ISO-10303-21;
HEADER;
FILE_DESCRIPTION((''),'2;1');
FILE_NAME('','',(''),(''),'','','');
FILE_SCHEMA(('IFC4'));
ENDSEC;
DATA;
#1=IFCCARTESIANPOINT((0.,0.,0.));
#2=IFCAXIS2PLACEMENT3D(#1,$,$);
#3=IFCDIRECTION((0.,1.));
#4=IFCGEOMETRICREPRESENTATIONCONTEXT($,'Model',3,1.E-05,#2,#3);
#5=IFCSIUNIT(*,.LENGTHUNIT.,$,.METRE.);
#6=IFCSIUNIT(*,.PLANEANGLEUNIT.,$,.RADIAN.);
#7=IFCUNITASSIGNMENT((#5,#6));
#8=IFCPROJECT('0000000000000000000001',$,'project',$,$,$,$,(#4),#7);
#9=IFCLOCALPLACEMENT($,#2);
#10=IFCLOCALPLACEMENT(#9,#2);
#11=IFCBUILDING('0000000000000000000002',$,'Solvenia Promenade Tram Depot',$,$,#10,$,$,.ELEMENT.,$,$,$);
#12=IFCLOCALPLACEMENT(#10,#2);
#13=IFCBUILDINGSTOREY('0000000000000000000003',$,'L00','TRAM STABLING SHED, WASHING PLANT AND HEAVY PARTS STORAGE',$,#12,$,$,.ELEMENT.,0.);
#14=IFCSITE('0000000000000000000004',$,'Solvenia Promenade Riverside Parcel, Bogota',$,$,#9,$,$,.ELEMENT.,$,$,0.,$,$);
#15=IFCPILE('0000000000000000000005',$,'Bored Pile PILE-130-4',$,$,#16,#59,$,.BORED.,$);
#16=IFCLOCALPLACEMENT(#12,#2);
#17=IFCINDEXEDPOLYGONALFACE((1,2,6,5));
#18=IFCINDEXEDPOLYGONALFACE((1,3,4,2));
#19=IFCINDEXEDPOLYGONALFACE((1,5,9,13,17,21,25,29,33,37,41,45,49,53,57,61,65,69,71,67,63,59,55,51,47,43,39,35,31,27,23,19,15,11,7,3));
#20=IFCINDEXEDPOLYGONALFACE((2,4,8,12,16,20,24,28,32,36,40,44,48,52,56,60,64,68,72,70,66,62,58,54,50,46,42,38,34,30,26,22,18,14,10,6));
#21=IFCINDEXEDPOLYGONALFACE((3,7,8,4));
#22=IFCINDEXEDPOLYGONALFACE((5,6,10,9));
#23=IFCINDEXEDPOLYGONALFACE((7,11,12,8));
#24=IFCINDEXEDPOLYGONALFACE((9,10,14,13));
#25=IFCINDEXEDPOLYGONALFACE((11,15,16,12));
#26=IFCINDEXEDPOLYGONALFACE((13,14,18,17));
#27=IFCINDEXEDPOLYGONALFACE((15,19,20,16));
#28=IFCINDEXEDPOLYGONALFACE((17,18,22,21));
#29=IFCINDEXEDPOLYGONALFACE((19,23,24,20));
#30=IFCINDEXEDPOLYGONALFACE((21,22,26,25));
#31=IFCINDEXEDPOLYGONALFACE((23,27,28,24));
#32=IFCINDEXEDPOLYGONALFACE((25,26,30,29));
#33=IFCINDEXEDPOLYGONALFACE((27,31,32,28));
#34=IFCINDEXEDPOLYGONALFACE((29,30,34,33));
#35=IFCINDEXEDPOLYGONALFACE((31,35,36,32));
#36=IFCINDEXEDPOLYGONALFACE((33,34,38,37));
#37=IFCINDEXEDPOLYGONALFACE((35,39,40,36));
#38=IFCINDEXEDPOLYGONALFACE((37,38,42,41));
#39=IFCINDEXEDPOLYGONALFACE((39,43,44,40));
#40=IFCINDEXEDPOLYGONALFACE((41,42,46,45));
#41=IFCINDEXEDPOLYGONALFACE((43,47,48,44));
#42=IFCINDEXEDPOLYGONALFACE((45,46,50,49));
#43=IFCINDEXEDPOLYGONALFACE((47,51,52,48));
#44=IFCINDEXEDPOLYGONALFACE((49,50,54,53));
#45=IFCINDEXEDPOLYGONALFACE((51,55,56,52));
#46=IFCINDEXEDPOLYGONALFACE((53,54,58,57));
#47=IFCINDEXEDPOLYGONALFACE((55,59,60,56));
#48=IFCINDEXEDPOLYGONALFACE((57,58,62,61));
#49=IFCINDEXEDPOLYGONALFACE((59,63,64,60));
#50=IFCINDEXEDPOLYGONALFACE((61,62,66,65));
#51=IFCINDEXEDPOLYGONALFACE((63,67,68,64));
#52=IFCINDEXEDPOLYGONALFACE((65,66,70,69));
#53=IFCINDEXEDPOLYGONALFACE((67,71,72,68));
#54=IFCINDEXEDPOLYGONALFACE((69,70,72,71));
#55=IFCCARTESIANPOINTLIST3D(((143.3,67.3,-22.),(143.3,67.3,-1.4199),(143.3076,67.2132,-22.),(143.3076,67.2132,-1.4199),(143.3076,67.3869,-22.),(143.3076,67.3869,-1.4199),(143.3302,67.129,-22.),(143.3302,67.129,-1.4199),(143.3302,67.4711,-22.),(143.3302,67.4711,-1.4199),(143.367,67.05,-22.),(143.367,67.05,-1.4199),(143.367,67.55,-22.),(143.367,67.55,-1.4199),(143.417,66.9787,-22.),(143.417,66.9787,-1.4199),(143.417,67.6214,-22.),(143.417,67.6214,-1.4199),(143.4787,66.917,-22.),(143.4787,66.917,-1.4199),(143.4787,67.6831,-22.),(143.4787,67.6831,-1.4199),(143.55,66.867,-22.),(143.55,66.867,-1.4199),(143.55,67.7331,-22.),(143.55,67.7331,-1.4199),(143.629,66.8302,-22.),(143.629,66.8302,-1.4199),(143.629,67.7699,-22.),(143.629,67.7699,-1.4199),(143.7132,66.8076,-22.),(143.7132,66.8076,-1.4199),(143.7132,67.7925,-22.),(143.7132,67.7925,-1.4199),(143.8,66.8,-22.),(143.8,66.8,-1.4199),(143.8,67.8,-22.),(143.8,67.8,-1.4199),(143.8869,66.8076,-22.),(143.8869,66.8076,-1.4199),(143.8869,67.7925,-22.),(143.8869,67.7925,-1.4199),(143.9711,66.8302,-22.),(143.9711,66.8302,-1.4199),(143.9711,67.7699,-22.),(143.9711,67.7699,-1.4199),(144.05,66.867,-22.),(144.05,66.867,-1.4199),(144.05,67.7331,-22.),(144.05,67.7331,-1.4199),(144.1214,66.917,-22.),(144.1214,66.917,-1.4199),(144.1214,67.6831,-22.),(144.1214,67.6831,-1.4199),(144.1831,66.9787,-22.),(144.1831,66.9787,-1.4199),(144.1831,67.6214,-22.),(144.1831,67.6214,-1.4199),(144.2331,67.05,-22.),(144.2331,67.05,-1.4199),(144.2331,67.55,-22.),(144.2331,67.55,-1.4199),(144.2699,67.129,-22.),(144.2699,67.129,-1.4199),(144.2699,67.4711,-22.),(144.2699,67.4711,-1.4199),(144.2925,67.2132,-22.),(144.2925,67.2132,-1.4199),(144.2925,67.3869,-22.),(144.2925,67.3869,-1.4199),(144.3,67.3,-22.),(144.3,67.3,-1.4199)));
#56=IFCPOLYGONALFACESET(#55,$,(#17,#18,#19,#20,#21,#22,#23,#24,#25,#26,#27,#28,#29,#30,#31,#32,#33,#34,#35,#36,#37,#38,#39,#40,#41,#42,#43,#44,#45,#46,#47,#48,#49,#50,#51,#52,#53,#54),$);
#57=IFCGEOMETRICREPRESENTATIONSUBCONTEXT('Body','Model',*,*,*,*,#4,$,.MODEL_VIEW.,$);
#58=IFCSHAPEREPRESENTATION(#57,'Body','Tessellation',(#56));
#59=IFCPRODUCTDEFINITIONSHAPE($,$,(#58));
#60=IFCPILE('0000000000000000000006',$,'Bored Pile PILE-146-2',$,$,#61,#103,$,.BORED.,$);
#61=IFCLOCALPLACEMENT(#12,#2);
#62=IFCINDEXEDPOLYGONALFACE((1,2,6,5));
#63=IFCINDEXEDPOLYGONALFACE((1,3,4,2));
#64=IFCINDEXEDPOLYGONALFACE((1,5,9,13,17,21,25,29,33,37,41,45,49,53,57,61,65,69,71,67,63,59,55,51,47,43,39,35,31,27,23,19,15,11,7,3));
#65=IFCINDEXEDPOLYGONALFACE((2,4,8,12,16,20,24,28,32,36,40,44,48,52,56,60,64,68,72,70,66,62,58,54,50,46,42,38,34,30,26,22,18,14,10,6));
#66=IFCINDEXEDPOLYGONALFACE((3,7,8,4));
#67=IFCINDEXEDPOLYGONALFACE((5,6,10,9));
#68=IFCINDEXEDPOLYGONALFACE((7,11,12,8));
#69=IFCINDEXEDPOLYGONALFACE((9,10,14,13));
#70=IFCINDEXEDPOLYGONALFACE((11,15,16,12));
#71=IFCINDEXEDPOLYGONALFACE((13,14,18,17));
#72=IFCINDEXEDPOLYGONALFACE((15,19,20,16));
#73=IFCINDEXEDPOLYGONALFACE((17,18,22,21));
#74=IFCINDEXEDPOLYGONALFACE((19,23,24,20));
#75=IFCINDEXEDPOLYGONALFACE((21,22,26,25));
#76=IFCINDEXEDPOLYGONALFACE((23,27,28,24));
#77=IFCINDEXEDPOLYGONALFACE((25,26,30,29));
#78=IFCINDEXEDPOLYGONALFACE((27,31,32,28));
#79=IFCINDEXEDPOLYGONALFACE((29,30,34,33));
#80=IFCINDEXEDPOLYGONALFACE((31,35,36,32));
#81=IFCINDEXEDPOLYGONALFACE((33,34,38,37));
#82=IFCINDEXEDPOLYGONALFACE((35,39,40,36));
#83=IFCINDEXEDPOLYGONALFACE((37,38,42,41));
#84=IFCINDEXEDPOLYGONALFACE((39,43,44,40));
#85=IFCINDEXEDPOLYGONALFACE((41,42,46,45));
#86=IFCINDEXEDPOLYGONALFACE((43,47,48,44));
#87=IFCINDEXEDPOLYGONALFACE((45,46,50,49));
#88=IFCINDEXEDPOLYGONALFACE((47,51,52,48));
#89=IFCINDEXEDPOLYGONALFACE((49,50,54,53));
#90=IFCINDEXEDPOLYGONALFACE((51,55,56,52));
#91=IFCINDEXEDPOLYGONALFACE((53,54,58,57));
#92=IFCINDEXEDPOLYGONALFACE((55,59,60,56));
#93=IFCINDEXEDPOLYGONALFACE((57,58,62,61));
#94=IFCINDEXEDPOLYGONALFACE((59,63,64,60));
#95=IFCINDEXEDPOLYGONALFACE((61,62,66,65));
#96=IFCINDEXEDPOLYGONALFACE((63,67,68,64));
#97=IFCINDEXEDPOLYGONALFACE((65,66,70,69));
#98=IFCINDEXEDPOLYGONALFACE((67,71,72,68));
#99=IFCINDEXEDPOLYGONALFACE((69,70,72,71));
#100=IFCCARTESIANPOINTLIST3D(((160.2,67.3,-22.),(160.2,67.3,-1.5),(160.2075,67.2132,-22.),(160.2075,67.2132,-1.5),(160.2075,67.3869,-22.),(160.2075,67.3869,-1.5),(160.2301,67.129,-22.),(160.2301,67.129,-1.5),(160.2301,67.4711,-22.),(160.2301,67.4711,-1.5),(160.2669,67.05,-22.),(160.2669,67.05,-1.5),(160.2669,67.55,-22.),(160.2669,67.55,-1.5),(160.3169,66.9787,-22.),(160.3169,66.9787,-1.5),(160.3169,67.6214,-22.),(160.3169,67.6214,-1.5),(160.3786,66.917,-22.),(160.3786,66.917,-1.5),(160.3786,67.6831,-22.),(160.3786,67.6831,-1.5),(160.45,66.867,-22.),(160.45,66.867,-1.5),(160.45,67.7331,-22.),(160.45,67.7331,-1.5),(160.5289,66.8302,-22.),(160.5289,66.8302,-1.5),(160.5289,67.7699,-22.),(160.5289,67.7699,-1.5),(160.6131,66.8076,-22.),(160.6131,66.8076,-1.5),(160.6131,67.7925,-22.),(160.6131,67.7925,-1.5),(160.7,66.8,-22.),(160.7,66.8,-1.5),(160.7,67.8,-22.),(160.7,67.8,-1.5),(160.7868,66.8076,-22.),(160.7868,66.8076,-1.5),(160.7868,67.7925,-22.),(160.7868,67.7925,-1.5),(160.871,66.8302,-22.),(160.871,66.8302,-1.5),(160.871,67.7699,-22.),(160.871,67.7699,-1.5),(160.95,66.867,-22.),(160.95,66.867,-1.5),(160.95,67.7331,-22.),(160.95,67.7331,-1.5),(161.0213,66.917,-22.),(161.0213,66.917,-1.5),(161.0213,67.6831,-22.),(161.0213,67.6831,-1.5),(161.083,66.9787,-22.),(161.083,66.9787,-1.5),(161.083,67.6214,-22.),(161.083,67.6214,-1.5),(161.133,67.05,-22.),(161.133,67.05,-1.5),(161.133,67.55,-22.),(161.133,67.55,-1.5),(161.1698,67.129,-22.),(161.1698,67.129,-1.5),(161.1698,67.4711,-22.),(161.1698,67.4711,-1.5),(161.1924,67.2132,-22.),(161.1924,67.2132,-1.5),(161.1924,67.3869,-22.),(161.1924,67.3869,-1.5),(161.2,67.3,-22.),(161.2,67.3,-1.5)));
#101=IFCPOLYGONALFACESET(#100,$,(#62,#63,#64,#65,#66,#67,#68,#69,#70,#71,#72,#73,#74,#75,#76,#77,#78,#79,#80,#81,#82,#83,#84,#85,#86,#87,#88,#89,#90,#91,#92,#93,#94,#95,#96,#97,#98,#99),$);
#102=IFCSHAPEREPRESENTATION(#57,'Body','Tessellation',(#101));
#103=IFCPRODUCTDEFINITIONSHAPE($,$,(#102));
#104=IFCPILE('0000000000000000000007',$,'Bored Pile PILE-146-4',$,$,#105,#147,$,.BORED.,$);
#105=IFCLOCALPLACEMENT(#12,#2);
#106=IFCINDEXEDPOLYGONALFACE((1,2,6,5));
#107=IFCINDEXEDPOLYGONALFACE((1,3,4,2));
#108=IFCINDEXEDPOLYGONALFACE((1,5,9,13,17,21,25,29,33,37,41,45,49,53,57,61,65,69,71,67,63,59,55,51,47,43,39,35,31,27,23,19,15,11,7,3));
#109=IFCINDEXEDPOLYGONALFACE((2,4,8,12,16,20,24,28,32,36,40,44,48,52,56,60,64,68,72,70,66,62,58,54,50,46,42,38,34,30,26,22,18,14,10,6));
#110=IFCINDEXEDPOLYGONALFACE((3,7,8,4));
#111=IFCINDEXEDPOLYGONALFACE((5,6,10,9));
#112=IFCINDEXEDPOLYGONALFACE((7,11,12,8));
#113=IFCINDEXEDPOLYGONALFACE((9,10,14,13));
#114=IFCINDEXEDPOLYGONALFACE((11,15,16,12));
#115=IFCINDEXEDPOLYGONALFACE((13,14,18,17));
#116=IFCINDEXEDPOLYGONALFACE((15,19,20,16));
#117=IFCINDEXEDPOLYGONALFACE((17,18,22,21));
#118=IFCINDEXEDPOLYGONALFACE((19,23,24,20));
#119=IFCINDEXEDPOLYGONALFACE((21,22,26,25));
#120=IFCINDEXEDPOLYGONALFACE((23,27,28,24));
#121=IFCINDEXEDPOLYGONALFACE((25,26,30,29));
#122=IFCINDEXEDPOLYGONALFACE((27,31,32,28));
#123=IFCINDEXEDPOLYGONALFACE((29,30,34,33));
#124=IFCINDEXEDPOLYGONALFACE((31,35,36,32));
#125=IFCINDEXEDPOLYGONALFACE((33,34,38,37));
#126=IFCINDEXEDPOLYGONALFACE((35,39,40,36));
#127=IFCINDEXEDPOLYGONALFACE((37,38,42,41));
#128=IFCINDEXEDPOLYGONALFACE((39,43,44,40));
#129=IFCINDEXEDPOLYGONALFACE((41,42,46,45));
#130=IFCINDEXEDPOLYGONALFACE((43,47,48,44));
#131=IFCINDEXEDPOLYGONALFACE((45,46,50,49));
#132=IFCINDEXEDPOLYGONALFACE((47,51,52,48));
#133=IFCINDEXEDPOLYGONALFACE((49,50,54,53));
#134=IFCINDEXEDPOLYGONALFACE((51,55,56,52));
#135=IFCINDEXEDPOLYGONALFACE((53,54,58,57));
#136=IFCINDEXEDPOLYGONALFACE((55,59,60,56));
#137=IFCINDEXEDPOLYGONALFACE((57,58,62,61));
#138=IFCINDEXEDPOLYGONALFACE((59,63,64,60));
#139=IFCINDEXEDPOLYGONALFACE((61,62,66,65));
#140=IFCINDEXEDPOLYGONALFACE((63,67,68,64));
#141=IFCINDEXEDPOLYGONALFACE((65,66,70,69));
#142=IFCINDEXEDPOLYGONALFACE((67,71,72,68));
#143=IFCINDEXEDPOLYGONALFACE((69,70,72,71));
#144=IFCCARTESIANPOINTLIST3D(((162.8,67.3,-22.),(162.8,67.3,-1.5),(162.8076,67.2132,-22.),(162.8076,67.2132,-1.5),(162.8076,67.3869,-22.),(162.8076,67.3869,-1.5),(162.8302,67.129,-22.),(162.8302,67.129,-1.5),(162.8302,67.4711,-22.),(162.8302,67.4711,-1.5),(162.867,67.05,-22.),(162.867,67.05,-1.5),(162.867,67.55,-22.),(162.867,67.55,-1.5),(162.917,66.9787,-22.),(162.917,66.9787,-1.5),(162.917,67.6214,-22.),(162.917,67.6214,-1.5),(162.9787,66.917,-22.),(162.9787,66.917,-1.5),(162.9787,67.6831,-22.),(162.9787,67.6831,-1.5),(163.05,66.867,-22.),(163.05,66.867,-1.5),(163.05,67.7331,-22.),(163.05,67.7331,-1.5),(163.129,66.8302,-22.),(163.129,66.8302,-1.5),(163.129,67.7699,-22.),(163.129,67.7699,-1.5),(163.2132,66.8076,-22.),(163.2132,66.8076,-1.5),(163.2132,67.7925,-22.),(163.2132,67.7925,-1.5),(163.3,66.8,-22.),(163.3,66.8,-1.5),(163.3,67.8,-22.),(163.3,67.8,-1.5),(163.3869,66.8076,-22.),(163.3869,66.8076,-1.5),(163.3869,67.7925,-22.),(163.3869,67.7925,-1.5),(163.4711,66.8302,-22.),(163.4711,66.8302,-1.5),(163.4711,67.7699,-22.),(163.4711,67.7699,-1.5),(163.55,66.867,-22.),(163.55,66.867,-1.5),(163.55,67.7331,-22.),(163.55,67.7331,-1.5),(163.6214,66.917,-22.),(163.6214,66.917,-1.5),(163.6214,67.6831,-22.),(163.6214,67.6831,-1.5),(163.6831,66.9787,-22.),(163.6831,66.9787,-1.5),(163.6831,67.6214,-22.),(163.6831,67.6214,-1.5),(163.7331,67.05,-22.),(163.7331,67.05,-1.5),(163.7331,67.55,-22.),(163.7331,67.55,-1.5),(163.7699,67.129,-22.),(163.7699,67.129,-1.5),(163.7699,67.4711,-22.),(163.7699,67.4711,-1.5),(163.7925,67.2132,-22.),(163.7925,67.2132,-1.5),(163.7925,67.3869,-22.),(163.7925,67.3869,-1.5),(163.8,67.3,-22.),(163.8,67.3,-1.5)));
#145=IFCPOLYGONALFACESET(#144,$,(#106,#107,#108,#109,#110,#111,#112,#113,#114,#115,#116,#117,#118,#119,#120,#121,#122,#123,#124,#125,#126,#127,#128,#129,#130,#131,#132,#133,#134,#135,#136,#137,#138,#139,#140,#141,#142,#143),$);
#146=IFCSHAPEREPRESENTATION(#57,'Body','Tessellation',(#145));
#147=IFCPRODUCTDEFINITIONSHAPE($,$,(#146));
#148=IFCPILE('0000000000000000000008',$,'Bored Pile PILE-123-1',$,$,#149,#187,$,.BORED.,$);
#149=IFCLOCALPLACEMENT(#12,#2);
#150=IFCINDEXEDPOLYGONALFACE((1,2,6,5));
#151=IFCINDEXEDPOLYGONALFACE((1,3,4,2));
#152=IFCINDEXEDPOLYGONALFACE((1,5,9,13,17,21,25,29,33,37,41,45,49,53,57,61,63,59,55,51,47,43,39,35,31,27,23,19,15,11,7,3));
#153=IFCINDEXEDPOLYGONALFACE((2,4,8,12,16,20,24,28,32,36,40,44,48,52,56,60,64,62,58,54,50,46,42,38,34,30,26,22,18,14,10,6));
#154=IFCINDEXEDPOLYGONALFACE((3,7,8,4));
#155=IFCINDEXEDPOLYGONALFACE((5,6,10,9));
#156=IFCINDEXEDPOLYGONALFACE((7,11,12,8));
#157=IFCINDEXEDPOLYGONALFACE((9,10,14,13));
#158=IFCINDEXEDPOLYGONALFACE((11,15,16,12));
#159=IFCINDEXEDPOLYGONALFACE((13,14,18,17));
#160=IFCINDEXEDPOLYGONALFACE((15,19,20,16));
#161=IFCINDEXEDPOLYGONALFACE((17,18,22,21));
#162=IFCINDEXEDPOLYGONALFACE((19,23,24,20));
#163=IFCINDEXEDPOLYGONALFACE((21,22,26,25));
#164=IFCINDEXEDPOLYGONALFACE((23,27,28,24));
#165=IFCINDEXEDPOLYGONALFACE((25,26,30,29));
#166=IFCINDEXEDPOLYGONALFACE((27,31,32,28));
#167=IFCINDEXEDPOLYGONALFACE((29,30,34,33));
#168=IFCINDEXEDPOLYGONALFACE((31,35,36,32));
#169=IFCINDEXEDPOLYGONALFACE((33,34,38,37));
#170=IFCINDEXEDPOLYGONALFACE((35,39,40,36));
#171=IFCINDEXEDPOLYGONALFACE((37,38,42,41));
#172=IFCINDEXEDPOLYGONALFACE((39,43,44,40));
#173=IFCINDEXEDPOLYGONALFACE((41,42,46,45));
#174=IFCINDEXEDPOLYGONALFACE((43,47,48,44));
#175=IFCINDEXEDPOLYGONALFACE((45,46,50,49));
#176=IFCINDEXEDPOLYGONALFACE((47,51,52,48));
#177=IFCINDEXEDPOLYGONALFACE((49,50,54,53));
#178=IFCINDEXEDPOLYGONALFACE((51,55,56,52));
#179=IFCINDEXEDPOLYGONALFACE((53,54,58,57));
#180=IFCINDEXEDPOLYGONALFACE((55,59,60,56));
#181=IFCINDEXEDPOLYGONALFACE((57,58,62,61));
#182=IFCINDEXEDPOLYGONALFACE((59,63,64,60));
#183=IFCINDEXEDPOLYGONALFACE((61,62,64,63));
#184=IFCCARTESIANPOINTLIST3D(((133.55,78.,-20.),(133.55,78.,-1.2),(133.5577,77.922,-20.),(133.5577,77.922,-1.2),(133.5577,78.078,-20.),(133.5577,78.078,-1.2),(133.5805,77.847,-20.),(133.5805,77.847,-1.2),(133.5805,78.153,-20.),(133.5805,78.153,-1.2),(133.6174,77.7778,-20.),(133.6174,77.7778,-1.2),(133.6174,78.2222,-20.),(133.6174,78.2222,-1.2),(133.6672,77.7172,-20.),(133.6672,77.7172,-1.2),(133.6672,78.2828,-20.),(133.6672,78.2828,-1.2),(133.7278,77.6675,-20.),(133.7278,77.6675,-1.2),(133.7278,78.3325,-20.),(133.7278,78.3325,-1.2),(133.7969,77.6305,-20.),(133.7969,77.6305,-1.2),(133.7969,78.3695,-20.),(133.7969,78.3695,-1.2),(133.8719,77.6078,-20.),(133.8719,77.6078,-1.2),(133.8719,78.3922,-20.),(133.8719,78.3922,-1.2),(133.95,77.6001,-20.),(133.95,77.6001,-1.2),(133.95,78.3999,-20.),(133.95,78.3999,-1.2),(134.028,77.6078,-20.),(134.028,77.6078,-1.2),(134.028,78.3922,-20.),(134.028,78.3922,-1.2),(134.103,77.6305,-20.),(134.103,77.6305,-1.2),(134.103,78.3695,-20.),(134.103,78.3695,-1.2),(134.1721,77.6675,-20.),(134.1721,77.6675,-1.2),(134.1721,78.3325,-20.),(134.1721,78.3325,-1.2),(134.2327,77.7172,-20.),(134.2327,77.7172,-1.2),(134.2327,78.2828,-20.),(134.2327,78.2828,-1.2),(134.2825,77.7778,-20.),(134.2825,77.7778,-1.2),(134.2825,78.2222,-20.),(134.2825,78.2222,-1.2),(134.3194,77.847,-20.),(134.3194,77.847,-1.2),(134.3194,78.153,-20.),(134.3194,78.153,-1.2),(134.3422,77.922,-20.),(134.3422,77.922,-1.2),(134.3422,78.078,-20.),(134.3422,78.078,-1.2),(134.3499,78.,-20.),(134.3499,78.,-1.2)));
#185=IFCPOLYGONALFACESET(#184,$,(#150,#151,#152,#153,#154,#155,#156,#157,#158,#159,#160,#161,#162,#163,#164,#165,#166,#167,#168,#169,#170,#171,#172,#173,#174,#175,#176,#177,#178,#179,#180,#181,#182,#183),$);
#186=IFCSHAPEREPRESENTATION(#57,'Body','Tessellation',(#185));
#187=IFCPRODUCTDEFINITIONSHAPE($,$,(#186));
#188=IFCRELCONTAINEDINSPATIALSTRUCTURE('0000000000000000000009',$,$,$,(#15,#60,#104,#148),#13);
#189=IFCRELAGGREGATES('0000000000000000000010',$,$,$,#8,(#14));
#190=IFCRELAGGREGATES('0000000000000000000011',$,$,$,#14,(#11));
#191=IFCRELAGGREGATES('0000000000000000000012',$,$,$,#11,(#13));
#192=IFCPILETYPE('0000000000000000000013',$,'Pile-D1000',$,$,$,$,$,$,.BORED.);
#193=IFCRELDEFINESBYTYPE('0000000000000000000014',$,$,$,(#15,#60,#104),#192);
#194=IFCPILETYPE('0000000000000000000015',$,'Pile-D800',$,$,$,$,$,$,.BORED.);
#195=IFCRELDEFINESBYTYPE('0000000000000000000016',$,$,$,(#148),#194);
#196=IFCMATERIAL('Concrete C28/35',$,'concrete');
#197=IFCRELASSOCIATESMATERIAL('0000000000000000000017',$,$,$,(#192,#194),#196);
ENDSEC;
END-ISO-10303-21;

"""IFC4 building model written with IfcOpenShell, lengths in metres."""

from ifc_helpers import new_model, si_unit, direction, frame, origin, origin_2d, place, context, subcontext, project, spatial, circle, extrude, material, material_profile, profile_set, type_object, element, save


model = new_model("IFC4")

# Units and contexts
model_context = context("Model", 3, precision=1e-05, world=origin(), true_north=direction((0.0, 1.0)))
body_context = subcontext(model_context, "Body", "Model", "MODEL_VIEW")
ifc_project = project(units=[si_unit("LENGTHUNIT", "METRE"), si_unit("PLANEANGLEUNIT", "RADIAN")], contexts=[model_context])

# Site, building, storey
site_placement = place(None, origin())
site = spatial("IfcSite", under=ifc_project, at=site_placement, Name="Solvenia Promenade Riverside Parcel, Bogota", CompositionType="ELEMENT", RefElevation=0.0)
building_placement = place(site_placement, origin())
building = spatial("IfcBuilding", under=site, at=building_placement, Name="Solvenia Promenade Tram Depot", CompositionType="ELEMENT")
storey_placement = place(building_placement, origin())
storey = spatial("IfcBuildingStorey", under=building, at=storey_placement, Name="L00", Description="TRAM STABLING SHED, WASHING PLANT AND HEAVY PARTS STORAGE", CompositionType="ELEMENT", Elevation=0.0)

# Shared definitions
ifc_material_1 = material(Name="Concrete C28/35", Category="concrete")

# Piles
ifc_material_profile_1 = material_profile(ifc_material_1, circle(Radius=0.5, at=origin_2d()), Name="D1000", Category="concrete")
ifc_profile_set_1 = profile_set([ifc_material_profile_1], Name="Concrete C28/35")
pile_type_1 = type_object("IfcPileType", Name="Pile-D1000", PredefinedType="BORED", material=ifc_profile_set_1)
for number, where, z_axis, x_axis, name in (
    (1, (143.8, 67.3, -1.4199), (0.0, 0.0, -1.0), (1.0, 0.0, 0.0), "Bored Pile PILE-130-4"),
):
    element("IfcPile", number, at=place(storey_placement, frame(where, z_axis=z_axis, x_axis=x_axis)), inside=storey, type_object=pile_type_1, Name=name, PredefinedType="BORED", context=body_context, shape_type="SweptSolid", body=[
        extrude(circle(Radius=0.5, at=origin_2d()), origin(), (0.0, 0.0, 1.0), 20.5801),
    ])
for number, where, z_axis, x_axis, name in (
    (2, (160.7, 67.3, -1.5), (0.0, 0.0, -1.0), (1.0, 0.0, 0.0), "Bored Pile PILE-146-2"),
    (3, (163.3, 67.3, -1.5), (0.0, 0.0, -1.0), (1.0, 0.0, 0.0), "Bored Pile PILE-146-4"),
):
    element("IfcPile", number, at=place(storey_placement, frame(where, z_axis=z_axis, x_axis=x_axis)), inside=storey, type_object=pile_type_1, Name=name, PredefinedType="BORED", context=body_context, shape_type="SweptSolid", body=[
        extrude(circle(Radius=0.5, at=origin_2d()), origin(), (0.0, 0.0, 1.0), 20.5),
    ])
ifc_material_profile_2 = material_profile(ifc_material_1, circle(Radius=0.3999, at=origin_2d()), Name="D800", Category="concrete")
ifc_profile_set_2 = profile_set([ifc_material_profile_2], Name="Concrete C28/35")
pile_type_2 = type_object("IfcPileType", Name="Pile-D800", PredefinedType="BORED", material=ifc_profile_set_2)
for number, where, z_axis, x_axis, name in (
    (4, (133.95, 78.0, -1.2), (0.0, 0.0, -1.0), (1.0, 0.0, 0.0), "Bored Pile PILE-123-1"),
):
    element("IfcPile", number, at=place(storey_placement, frame(where, z_axis=z_axis, x_axis=x_axis)), inside=storey, type_object=pile_type_2, Name=name, PredefinedType="BORED", context=body_context, shape_type="SweptSolid", body=[
        extrude(circle(Radius=0.3999, at=origin_2d()), origin(), (0.0, 0.0, 1.0), 18.8),
    ])

save(model, "model.ifc")
